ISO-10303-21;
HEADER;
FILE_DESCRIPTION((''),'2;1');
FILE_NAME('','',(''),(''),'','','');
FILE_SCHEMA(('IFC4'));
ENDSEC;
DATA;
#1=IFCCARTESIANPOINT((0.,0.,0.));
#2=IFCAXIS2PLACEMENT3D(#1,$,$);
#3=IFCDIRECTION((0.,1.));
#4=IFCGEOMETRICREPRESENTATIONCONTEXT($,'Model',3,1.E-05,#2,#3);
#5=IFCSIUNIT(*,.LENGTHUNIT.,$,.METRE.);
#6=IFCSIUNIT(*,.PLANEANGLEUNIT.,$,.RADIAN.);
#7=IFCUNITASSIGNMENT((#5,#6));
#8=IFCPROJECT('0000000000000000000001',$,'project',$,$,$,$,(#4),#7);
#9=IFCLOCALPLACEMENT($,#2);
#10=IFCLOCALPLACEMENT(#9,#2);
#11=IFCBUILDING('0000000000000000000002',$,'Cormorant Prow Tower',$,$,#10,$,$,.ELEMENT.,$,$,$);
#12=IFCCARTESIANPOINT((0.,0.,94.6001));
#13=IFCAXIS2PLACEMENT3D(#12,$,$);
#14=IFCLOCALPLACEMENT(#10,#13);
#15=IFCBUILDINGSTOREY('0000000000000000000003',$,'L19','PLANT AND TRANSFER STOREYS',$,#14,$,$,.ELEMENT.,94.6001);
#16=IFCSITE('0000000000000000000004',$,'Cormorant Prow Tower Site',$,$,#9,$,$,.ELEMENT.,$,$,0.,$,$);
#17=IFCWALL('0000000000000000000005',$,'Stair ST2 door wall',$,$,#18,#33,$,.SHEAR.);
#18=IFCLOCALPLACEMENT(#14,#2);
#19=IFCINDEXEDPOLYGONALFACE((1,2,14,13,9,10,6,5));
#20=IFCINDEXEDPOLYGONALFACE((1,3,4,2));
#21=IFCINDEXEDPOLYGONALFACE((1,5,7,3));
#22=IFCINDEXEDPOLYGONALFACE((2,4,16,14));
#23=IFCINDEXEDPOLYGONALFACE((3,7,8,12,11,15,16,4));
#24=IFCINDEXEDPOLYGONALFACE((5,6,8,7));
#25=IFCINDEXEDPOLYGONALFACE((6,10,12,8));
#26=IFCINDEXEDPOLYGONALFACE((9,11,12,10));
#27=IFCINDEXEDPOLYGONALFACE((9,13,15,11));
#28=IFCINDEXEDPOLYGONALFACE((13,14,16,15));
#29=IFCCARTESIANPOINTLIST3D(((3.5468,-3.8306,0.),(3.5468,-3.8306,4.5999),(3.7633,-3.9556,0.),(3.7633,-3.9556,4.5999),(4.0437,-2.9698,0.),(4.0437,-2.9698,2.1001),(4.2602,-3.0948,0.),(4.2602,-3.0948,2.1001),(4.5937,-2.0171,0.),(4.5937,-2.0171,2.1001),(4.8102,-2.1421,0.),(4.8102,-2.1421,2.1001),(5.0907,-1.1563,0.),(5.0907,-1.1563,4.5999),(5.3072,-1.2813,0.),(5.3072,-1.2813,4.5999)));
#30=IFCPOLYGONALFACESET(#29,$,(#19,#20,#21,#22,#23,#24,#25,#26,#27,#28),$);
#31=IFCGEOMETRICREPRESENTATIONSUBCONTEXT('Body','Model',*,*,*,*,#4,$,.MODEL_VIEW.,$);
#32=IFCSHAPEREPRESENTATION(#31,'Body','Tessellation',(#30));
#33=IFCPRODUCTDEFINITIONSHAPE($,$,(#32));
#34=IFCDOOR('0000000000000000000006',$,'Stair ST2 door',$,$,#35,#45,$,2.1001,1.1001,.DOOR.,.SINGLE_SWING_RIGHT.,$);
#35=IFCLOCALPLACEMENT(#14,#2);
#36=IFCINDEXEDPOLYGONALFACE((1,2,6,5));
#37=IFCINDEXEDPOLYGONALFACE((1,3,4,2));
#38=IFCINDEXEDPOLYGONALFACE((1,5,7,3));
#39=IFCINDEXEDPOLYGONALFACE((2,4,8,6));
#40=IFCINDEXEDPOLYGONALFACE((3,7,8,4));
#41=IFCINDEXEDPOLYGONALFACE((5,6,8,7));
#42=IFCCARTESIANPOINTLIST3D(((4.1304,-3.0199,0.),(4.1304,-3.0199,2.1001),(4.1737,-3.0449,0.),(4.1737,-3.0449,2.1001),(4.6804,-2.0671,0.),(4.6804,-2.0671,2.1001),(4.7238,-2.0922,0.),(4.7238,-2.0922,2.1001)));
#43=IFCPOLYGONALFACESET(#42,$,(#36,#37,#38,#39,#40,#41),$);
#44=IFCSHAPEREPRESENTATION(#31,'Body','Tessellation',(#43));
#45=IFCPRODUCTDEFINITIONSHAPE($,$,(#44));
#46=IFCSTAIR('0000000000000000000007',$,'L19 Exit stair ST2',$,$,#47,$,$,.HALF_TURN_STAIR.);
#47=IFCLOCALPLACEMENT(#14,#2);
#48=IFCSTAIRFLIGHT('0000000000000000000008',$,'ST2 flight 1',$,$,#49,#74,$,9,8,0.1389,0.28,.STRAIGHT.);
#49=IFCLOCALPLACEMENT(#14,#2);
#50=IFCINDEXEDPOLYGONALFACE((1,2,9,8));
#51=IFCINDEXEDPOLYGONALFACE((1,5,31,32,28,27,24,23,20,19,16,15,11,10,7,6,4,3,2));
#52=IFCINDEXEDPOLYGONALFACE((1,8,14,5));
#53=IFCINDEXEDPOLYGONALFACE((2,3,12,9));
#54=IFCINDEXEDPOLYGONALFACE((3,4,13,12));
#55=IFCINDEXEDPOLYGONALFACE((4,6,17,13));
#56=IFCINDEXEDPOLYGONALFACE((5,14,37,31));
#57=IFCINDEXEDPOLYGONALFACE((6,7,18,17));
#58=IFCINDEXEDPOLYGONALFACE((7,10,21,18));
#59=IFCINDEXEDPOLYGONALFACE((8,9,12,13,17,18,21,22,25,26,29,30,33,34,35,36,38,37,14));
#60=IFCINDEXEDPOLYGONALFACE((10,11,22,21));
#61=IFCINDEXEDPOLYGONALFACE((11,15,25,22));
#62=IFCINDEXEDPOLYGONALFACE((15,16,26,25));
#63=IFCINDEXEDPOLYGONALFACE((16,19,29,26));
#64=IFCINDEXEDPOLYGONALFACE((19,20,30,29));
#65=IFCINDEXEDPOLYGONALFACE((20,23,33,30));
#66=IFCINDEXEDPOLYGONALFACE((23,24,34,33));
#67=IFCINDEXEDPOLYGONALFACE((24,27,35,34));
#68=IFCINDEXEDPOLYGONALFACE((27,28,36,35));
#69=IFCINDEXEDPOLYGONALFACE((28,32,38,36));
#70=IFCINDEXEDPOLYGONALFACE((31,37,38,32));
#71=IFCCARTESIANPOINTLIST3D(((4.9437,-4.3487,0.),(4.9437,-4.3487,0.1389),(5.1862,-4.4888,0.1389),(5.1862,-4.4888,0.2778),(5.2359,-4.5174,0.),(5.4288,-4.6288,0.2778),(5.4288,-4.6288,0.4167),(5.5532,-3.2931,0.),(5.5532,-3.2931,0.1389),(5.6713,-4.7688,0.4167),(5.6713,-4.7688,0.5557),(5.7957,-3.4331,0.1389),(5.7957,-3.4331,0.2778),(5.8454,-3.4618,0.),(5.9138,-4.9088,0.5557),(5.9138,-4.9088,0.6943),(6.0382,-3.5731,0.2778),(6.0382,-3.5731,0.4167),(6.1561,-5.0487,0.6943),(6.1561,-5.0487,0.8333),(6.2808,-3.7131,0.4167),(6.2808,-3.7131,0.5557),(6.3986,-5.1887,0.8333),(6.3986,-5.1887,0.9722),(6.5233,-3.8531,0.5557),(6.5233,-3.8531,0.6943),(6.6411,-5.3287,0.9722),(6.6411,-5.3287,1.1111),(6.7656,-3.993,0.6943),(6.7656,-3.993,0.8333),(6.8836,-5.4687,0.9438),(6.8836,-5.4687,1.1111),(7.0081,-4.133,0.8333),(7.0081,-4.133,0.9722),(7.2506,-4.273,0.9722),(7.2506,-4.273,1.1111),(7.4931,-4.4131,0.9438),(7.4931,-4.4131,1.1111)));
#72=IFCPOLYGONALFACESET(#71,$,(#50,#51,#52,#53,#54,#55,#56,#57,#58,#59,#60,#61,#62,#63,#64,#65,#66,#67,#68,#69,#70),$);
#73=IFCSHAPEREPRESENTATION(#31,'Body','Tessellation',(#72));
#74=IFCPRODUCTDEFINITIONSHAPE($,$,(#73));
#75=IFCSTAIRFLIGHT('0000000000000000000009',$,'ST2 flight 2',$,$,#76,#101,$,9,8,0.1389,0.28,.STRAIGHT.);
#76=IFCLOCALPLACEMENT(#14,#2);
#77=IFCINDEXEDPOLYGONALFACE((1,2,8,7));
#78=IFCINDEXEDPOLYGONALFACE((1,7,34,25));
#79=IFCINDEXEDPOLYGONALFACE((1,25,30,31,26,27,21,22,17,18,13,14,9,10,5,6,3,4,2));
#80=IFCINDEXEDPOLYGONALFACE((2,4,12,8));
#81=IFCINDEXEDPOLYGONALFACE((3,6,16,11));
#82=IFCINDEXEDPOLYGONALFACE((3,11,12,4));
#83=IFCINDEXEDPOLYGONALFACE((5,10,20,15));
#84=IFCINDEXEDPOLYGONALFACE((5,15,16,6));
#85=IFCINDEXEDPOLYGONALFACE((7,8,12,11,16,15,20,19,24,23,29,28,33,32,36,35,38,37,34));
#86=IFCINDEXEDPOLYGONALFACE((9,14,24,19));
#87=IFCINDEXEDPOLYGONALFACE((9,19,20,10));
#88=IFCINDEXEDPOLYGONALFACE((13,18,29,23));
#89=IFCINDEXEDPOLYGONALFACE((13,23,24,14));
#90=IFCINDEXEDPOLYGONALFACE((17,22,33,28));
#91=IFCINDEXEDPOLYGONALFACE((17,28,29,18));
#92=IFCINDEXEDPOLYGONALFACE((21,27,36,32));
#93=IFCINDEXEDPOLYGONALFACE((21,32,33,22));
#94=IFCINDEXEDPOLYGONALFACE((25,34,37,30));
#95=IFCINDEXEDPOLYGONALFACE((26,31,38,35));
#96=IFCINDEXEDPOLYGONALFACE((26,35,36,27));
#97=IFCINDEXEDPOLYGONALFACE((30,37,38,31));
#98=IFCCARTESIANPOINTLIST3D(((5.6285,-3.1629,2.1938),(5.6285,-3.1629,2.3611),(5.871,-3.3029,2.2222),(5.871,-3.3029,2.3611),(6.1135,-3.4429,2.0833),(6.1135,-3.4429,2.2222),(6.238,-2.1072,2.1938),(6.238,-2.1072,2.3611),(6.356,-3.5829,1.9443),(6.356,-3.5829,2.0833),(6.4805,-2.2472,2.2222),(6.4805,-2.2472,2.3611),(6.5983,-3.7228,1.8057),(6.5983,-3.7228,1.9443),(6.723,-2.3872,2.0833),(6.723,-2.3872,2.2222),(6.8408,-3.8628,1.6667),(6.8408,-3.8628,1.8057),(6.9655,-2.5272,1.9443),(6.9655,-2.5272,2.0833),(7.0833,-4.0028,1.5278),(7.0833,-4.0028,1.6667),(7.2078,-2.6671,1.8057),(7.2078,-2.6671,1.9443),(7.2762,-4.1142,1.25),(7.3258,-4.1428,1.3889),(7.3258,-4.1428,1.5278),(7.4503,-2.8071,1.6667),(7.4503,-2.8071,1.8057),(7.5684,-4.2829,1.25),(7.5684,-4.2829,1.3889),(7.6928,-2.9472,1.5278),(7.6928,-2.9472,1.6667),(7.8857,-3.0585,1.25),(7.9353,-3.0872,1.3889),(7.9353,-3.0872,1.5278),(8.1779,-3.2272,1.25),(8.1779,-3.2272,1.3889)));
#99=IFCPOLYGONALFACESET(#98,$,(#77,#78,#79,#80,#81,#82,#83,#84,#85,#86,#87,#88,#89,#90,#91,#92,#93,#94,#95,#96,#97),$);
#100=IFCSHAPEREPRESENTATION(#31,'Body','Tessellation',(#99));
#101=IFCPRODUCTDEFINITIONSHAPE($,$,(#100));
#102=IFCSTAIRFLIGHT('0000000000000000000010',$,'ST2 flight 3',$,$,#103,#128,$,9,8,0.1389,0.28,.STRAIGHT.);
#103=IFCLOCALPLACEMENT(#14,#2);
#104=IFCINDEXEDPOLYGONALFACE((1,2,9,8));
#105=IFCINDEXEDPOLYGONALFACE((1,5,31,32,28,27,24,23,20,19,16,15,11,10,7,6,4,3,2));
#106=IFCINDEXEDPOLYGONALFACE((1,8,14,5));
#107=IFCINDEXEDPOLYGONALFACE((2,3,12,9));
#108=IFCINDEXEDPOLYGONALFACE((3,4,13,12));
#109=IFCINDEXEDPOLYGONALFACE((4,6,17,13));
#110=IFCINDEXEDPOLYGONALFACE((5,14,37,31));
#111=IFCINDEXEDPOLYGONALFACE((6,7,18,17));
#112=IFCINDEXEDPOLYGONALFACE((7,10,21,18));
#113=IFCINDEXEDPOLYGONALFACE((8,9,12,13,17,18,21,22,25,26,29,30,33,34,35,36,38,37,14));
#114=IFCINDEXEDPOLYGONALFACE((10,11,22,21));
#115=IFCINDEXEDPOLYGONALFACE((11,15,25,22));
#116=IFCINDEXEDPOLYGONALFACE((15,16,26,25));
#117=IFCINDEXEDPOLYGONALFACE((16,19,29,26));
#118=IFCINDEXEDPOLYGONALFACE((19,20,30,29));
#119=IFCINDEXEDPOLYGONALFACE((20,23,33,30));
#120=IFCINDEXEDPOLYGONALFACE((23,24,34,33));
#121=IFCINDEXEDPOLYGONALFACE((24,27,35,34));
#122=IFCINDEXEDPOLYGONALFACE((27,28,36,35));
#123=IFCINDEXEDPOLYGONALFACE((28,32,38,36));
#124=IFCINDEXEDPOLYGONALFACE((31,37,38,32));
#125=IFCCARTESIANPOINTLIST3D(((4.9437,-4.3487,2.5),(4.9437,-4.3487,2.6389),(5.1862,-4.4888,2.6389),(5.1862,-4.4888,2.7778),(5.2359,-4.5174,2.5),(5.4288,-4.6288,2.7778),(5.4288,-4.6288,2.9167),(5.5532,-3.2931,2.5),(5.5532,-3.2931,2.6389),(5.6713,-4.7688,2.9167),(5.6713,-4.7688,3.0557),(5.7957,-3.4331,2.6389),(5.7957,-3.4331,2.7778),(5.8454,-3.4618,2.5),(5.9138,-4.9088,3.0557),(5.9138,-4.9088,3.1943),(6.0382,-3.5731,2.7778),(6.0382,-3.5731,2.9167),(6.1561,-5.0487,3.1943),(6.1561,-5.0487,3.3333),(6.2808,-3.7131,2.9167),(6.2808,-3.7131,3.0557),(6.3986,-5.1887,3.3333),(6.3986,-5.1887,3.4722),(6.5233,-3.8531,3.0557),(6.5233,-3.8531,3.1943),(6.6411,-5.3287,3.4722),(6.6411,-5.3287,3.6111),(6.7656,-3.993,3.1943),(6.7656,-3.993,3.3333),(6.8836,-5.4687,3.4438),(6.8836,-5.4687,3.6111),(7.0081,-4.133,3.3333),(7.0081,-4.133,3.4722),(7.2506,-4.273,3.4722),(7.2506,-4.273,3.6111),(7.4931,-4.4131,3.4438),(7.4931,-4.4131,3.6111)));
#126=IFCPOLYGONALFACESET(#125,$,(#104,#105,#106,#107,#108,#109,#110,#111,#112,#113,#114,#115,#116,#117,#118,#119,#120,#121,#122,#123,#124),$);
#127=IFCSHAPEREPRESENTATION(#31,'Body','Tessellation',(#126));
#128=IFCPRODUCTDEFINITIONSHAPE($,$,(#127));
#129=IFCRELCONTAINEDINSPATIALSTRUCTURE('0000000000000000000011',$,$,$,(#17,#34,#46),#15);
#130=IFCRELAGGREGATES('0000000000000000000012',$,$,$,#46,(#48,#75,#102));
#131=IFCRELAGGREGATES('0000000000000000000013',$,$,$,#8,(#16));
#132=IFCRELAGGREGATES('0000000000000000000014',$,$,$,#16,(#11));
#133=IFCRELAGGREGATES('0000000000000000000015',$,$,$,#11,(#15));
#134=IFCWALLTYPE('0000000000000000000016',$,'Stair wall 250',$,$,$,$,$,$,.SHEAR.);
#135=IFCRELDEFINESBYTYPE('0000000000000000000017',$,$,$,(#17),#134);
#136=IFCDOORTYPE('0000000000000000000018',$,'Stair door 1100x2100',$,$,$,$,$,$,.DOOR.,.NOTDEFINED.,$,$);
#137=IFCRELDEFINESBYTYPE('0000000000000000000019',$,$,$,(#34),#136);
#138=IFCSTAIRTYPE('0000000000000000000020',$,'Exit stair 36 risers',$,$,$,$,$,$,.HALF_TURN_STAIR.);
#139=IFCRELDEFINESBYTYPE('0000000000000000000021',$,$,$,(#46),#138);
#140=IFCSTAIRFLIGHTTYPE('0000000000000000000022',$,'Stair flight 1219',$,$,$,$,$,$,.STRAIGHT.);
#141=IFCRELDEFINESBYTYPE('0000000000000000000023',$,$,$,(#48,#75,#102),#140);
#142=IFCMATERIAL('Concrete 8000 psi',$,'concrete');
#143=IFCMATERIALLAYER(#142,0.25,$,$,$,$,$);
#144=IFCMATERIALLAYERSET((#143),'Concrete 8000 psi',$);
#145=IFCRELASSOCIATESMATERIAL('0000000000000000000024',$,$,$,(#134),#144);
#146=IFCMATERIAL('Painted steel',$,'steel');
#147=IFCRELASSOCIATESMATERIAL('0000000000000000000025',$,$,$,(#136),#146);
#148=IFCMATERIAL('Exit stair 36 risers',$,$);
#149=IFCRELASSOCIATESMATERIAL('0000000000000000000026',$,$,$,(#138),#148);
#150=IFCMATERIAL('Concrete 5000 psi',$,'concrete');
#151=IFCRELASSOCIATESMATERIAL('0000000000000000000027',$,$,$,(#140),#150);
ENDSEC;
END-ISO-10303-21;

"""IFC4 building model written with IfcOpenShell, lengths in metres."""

from ifc_helpers import new_model, si_unit, direction, frame, frame_2d, origin, place, context, subcontext, project, spatial, polyline, rectangle, outline, extrude, material, layer, layer_set, type_object, element, fill, aggregate, save


model = new_model("IFC4")

# Units and contexts
model_context = context("Model", 3, precision=1e-05, world=origin(), true_north=direction((0.0, 1.0)))
body_context = subcontext(model_context, "Body", "Model", "MODEL_VIEW")
ifc_project = project(units=[si_unit("LENGTHUNIT", "METRE"), si_unit("PLANEANGLEUNIT", "RADIAN")], contexts=[model_context])

# Site, building, storey
site_placement = place(None, origin())
site = spatial("IfcSite", under=ifc_project, at=site_placement, Name="Cormorant Prow Tower Site", CompositionType="ELEMENT", RefElevation=0.0)
building_placement = place(site_placement, origin())
building = spatial("IfcBuilding", under=site, at=building_placement, Name="Cormorant Prow Tower", CompositionType="ELEMENT")
storey_placement = place(building_placement, frame((0.0, 0.0, 94.6001)))
storey = spatial("IfcBuildingStorey", under=building, at=storey_placement, Name="L19", Description="PLANT AND TRANSFER STOREYS", CompositionType="ELEMENT", Elevation=94.6001)

# Wall, opening, door
ifc_material_1 = material(Name="Concrete 8000 psi", Category="concrete")
ifc_layer_1 = layer(ifc_material_1, 0.25)
ifc_layer_set_1 = layer_set([ifc_layer_1], Name="Concrete 8000 psi")
wall_type_1 = type_object("IfcWallType", Name="Stair wall 250", PredefinedType="SHEAR", material=ifc_layer_set_1)
wall_1_placement = place(storey_placement, frame((3.655, -3.8931, 0.0), z_axis=(0.0, 0.0, 1.0), x_axis=(0.499983, 0.866035, 0.0)))
wall_1 = element("IfcWall", 1, at=wall_1_placement, inside=storey, type_object=wall_type_1, Name="Stair ST2 door wall", PredefinedType="SHEAR", context=body_context, shape_type="SweptSolid", body=[
    extrude(rectangle(XDim=3.0879, YDim=0.25, at=frame_2d((1.5439, 0.0))), origin(), (0.0, 0.0, 1.0), 4.5999),
])
opening_1_placement = place(wall_1_placement, frame((0.9939, 0.0, 0.0)))
opening_1 = element("IfcOpeningElement", 2, at=opening_1_placement, cuts=wall_1, PredefinedType="OPENING", context=body_context, shape_type="SweptSolid", body=[
    extrude(rectangle(XDim=1.1001, YDim=2.1001, at=frame_2d((0.55, 1.05))), frame((0.0, 0.135, 0.0), z_axis=(0.0, -1.0, 0.0), x_axis=(1.0, 0.0, 0.0)), (0.0, 0.0, 1.0), 0.27),
])
ifc_material_2 = material(Name="Painted steel", Category="steel")
door_type_1 = type_object("IfcDoorType", Name="Stair door 1100x2100", OperationType="NOTDEFINED", PredefinedType="DOOR", material=ifc_material_2)
door_1_placement = place(opening_1_placement, origin())
door_1 = element("IfcDoor", 3, at=door_1_placement, inside=storey, type_object=door_type_1, Name="Stair ST2 door", OperationType="SINGLE_SWING_RIGHT", OverallHeight=2.1001, OverallWidth=1.1001, PredefinedType="DOOR", context=body_context, shape_type="SweptSolid", body=[
    extrude(rectangle(XDim=1.1001, YDim=2.1001, at=frame_2d((0.55, 1.05))), frame((0.0, 0.0249, 0.0), z_axis=(0.0, -1.0, 0.0), x_axis=(1.0, 0.0, 0.0)), (0.0, 0.0, 1.0), 0.05),
])
fill(opening_1, door_1)

# Stair, stair flights
ifc_material_3 = material(Name="Exit stair 36 risers")
stair_type = type_object("IfcStairType", Name="Exit stair 36 risers", PredefinedType="HALF_TURN_STAIR", material=ifc_material_3)
stair_placement = place(storey_placement, origin())
stair = element("IfcStair", 4, at=stair_placement, inside=storey, type_object=stair_type, Name="L19 Exit stair ST2", PredefinedType="HALF_TURN_STAIR")
ifc_material_4 = material(Name="Concrete 5000 psi", Category="concrete")
stair_flight_type = type_object("IfcStairFlightType", Name="Stair flight 1219", PredefinedType="STRAIGHT", material=ifc_material_4)
stair_flight_1_placement = place(storey_placement, frame((5.2485, -3.8208, 0.0), z_axis=(0.0, 0.0, 1.0), x_axis=(0.866025, -0.5, 0.0)))
stair_flight_1 = element("IfcStairFlight", 5, at=stair_flight_1_placement, type_object=stair_flight_type, Name="ST2 flight 1", NumberOfRisers=9, NumberOfTreads=8, PredefinedType="STRAIGHT", RiserHeight=0.1389, TreadLength=0.28, context=body_context, shape_type="SweptSolid", body=[
    extrude(outline(polyline([(0.0, 0.0), (0.0, 0.1389), (0.28, 0.1389), (0.28, 0.2778), (0.5601, 0.2778), (0.5601, 0.4167), (0.8401, 0.4167), (0.8401, 0.5557), (1.1201, 0.5557), (1.1201, 0.6943), (1.3999, 0.6943), (1.3999, 0.8333), (1.6799, 0.8333), (1.6799, 0.9722), (1.96, 0.9722), (1.96, 1.1111), (2.24, 1.1111), (2.24, 1.25), (2.24, 0.9438), (0.3374, 0.0), (0.0, 0.0)])), frame((0.0, 0.6094, 0.0), z_axis=(0.0, -1.0, 0.0), x_axis=(1.0, 0.0, 0.0)), (0.0, 0.0, 1.0), 1.219),
])
stair_flight_2_placement = place(storey_placement, frame((7.873, -3.7551, 1.25), z_axis=(0.0, 0.0, 1.0), x_axis=(-0.866025, 0.5, 0.0)))
stair_flight_2 = element("IfcStairFlight", 6, at=stair_flight_2_placement, type_object=stair_flight_type, Name="ST2 flight 2", NumberOfRisers=9, NumberOfTreads=8, PredefinedType="STRAIGHT", RiserHeight=0.1389, TreadLength=0.28, context=body_context, shape_type="SweptSolid", body=[
    extrude(outline(polyline([(0.0, 0.0), (0.0, 0.1389), (0.28, 0.1389), (0.28, 0.2778), (0.5601, 0.2778), (0.5601, 0.4167), (0.8401, 0.4167), (0.8401, 0.5557), (1.1201, 0.5557), (1.1201, 0.6943), (1.3999, 0.6943), (1.3999, 0.8333), (1.6799, 0.8333), (1.6799, 0.9722), (1.96, 0.9722), (1.96, 1.1111), (2.24, 1.1111), (2.24, 1.25), (2.24, 0.9438), (0.3374, 0.0), (0.0, 0.0)])), frame((0.0, 0.6094, 0.0), z_axis=(0.0, -1.0, 0.0), x_axis=(1.0, 0.0, 0.0)), (0.0, 0.0, 1.0), 1.219),
])
stair_flight_3_placement = place(storey_placement, frame((5.2485, -3.8208, 2.5), z_axis=(0.0, 0.0, 1.0), x_axis=(0.866025, -0.5, 0.0)))
stair_flight_3 = element("IfcStairFlight", 7, at=stair_flight_3_placement, type_object=stair_flight_type, Name="ST2 flight 3", NumberOfRisers=9, NumberOfTreads=8, PredefinedType="STRAIGHT", RiserHeight=0.1389, TreadLength=0.28, context=body_context, shape_type="SweptSolid", body=[
    extrude(outline(polyline([(0.0, 0.0), (0.0, 0.1389), (0.28, 0.1389), (0.28, 0.2778), (0.5601, 0.2778), (0.5601, 0.4167), (0.8401, 0.4167), (0.8401, 0.5557), (1.1201, 0.5557), (1.1201, 0.6943), (1.3999, 0.6943), (1.3999, 0.8333), (1.6799, 0.8333), (1.6799, 0.9722), (1.96, 0.9722), (1.96, 1.1111), (2.24, 1.1111), (2.24, 1.25), (2.24, 0.9438), (0.3374, 0.0), (0.0, 0.0)])), frame((0.0, 0.6094, 0.0), z_axis=(0.0, -1.0, 0.0), x_axis=(1.0, 0.0, 0.0)), (0.0, 0.0, 1.0), 1.219),
])
aggregate(stair, [stair_flight_1, stair_flight_2, stair_flight_3])

save(model, "model.ifc")
